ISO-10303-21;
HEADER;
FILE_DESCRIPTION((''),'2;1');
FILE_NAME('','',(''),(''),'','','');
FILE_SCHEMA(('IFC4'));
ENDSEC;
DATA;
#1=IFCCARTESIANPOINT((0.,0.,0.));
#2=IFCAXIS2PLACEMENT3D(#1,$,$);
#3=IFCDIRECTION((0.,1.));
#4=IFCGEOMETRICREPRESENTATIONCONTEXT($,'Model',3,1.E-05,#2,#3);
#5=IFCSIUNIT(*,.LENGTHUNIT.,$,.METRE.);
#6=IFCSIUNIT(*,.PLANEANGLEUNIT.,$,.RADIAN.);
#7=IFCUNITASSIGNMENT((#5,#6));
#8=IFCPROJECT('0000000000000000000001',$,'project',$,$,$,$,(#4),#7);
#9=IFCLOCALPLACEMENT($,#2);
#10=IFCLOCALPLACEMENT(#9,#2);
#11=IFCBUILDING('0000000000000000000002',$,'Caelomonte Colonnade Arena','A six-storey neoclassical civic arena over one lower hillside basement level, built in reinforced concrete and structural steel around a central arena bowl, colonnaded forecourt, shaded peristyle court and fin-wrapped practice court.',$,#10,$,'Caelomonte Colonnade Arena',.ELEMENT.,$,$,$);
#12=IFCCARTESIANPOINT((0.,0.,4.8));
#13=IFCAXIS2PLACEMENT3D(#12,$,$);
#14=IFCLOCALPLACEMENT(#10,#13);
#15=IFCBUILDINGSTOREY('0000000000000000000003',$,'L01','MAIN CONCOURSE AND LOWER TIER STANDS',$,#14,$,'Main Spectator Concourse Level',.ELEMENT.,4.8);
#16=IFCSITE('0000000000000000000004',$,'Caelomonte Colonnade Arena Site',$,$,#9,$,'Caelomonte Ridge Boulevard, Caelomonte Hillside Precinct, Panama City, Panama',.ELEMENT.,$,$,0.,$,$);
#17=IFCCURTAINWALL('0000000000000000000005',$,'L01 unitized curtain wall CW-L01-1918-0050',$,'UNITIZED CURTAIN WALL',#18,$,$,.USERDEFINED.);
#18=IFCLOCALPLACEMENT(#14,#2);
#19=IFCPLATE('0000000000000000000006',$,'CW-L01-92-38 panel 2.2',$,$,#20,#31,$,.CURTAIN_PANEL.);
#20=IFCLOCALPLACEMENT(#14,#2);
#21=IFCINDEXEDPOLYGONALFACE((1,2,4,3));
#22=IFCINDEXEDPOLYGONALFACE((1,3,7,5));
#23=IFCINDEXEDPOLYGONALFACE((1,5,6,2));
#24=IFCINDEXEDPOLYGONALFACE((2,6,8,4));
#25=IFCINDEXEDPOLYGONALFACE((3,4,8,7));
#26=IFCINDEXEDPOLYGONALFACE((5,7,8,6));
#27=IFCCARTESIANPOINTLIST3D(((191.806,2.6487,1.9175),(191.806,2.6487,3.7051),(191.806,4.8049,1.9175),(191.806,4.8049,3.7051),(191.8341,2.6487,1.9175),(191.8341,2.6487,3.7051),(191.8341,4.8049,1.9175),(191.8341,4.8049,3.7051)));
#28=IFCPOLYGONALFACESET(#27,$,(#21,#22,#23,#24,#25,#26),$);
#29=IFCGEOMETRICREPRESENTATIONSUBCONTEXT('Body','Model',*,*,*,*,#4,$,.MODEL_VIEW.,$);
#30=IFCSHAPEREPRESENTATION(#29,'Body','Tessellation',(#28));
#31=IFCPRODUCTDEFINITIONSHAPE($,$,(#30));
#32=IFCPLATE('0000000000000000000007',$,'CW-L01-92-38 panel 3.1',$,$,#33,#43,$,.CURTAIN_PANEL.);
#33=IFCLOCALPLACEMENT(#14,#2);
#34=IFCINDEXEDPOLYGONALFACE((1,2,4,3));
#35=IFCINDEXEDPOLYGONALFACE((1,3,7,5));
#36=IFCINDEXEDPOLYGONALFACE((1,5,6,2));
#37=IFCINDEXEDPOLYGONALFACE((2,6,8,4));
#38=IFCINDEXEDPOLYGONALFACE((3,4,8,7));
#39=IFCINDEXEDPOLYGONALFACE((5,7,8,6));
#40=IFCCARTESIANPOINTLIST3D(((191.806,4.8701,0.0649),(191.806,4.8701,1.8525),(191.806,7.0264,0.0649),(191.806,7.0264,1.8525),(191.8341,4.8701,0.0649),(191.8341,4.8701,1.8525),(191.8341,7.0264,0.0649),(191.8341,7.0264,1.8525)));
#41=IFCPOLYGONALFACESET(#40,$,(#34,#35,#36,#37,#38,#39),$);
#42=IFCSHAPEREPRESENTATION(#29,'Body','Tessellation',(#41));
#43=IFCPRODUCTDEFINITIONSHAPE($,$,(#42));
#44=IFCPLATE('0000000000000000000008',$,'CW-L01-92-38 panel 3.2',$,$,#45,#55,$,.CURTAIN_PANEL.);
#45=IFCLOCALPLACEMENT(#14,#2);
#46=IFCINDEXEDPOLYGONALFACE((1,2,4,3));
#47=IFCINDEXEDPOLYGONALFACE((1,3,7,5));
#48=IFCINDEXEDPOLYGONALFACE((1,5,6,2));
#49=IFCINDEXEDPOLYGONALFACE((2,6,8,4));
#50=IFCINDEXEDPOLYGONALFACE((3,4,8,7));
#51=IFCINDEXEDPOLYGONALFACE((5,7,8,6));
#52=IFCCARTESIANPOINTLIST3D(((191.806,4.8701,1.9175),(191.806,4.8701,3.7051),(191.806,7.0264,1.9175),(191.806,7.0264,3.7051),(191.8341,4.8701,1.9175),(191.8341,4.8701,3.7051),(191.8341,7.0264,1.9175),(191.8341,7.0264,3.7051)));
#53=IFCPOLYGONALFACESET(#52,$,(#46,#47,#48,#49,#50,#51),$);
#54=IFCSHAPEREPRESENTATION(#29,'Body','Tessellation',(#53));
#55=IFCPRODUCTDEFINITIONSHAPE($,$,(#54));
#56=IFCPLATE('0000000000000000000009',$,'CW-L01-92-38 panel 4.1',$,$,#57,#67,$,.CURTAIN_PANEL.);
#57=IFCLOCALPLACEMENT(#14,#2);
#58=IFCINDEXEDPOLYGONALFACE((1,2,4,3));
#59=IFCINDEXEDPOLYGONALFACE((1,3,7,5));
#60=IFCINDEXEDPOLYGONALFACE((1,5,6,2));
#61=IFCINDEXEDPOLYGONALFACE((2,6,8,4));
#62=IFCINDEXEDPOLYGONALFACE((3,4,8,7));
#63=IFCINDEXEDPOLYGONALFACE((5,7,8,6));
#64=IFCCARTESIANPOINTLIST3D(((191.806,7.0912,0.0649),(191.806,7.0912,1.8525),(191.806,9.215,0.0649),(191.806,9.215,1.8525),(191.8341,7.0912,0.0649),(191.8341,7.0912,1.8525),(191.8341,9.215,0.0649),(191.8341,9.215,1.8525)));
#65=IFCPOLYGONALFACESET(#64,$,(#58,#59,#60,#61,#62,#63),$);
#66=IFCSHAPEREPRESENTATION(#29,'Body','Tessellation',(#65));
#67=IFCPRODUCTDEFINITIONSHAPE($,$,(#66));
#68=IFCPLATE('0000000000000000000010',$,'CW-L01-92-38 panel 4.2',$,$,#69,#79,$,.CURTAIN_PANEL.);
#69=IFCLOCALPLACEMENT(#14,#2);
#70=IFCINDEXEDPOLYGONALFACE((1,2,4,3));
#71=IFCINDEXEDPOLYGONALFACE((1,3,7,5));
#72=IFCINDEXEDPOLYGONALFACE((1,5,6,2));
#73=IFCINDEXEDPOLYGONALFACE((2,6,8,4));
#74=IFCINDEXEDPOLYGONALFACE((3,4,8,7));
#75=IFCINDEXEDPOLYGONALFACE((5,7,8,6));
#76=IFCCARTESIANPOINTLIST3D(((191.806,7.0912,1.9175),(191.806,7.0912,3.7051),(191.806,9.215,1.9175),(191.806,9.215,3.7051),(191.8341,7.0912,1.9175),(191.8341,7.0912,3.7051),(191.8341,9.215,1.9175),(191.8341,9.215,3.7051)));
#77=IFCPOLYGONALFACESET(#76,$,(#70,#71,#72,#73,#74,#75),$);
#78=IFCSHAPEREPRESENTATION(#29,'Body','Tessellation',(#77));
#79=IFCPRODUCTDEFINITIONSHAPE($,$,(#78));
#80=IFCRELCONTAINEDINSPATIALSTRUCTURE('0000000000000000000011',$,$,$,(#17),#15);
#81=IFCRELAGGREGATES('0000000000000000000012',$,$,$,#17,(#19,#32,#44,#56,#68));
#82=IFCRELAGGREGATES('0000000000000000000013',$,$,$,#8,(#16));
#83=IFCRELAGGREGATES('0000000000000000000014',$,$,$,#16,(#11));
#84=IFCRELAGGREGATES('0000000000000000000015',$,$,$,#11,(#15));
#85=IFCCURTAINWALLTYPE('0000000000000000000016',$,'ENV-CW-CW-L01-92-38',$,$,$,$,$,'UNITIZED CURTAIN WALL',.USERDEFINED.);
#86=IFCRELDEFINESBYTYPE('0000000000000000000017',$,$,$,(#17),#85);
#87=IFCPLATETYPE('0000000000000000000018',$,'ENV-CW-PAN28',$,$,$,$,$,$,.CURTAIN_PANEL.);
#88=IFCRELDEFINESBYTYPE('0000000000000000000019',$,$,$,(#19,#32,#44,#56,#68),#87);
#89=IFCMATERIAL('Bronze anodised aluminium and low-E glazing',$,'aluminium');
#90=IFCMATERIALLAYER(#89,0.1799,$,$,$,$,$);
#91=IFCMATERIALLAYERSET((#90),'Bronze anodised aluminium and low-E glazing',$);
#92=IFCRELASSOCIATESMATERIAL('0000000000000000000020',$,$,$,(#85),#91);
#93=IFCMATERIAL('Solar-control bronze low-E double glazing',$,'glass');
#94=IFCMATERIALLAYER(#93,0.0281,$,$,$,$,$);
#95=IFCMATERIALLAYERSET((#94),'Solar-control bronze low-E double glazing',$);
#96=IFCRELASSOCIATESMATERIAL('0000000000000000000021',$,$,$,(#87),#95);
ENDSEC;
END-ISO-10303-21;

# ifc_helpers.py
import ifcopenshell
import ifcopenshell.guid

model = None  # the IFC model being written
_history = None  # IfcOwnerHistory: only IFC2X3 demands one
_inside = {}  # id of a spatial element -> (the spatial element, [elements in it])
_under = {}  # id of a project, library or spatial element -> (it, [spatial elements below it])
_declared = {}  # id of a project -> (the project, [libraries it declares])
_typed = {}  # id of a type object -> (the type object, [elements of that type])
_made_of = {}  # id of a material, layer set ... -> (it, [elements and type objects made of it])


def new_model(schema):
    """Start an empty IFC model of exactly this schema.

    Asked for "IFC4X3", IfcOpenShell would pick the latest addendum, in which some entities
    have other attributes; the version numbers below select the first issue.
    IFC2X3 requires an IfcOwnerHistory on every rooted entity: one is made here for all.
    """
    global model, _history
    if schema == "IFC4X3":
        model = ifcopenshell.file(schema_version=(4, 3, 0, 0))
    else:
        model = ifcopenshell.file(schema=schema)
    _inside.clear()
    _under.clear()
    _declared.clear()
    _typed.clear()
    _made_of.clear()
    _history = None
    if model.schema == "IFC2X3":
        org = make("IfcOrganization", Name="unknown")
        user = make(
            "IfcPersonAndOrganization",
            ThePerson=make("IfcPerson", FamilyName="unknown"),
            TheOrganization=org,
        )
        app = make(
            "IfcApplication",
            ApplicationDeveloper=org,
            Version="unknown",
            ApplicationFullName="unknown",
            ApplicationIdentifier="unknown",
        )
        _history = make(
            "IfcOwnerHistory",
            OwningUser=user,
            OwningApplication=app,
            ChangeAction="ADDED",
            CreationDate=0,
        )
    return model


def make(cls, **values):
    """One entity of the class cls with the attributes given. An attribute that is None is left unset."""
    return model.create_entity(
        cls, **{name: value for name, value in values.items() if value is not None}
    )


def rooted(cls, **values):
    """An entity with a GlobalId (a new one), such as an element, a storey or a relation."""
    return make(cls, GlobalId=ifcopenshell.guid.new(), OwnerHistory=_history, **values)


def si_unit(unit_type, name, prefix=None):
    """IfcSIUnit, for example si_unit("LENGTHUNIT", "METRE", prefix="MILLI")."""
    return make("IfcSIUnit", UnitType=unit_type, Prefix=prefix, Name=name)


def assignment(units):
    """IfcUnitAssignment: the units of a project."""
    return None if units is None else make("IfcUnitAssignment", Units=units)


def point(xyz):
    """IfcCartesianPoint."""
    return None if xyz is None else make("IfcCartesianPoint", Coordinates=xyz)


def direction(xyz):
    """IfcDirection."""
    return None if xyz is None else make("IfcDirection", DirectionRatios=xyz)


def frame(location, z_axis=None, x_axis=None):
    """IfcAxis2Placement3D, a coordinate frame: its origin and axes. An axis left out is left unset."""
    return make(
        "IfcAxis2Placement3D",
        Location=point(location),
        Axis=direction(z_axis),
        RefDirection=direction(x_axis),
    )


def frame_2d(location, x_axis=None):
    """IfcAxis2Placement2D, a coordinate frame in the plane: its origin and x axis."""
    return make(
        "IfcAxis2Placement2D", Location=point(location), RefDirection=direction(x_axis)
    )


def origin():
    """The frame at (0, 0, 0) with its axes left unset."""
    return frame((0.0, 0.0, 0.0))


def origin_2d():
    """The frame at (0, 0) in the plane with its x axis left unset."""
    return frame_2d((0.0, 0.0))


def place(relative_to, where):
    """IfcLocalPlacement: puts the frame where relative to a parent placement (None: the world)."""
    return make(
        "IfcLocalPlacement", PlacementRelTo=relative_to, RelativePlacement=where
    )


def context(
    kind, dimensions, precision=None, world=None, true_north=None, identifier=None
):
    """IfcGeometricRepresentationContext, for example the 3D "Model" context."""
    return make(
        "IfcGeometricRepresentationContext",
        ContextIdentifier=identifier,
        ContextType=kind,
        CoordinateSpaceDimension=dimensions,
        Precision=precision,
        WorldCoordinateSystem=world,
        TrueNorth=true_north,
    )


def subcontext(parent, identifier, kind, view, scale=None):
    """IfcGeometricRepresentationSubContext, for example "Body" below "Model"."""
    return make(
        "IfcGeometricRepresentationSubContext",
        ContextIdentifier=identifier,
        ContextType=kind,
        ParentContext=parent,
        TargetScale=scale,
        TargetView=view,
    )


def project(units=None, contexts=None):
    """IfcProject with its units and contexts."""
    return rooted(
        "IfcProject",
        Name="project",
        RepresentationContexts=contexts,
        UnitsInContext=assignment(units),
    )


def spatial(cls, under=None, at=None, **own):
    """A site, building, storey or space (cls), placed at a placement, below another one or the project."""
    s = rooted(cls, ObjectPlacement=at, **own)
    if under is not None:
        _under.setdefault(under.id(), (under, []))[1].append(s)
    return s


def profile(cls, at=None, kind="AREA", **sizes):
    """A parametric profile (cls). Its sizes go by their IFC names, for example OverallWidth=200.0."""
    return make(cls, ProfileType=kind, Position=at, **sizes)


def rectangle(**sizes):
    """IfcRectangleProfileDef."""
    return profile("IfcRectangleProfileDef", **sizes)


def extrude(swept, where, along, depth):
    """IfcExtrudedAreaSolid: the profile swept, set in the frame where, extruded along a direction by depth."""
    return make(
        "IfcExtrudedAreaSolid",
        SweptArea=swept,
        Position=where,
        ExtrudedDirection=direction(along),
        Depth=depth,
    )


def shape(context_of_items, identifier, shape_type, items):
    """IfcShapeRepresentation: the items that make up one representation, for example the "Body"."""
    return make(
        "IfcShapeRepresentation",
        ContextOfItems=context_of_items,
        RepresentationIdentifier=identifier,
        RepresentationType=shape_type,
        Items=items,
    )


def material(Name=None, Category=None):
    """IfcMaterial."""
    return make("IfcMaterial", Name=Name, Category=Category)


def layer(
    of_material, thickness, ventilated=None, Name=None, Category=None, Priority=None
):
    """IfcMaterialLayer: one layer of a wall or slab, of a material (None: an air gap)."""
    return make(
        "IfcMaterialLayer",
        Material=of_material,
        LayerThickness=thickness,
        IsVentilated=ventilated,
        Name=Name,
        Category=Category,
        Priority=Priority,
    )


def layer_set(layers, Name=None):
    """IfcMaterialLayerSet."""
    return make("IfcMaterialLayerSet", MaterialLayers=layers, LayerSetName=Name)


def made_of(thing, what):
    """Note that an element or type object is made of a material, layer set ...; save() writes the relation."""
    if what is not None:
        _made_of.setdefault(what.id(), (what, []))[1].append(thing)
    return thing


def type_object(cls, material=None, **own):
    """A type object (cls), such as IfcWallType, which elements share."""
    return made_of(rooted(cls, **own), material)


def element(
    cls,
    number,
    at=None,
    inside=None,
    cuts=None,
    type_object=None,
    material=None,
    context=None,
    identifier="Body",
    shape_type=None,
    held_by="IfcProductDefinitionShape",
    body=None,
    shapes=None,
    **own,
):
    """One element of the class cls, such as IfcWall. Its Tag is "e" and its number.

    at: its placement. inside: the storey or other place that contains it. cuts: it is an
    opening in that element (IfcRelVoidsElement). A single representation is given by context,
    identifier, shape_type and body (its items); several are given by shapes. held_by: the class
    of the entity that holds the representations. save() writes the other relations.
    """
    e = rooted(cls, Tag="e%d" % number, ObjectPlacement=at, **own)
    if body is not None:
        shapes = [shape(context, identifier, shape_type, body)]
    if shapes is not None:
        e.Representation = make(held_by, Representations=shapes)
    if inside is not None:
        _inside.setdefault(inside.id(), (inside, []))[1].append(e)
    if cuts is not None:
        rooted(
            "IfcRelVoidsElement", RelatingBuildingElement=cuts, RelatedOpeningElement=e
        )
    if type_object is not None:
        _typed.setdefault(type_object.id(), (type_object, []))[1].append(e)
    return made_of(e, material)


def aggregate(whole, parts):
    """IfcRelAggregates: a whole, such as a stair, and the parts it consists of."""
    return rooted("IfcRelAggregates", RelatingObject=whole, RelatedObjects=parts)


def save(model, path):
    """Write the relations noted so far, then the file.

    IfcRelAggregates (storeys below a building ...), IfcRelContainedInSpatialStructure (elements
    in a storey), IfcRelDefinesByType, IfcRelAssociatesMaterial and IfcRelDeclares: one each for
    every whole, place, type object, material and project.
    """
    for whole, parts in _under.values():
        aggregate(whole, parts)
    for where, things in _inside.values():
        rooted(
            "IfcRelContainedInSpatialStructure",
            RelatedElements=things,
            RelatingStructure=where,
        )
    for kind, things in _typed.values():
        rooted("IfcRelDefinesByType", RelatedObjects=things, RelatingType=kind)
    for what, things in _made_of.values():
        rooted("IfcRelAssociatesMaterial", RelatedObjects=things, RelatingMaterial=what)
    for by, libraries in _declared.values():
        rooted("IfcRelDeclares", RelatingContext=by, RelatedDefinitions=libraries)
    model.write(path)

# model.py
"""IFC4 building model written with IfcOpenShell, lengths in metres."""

from ifc_helpers import new_model, si_unit, direction, frame, origin, origin_2d, place, context, subcontext, project, spatial, rectangle, extrude, material, layer, layer_set, type_object, element, aggregate, save


model = new_model("IFC4")

# Units and contexts
model_context = context("Model", 3, precision=1e-05, world=origin(), true_north=direction((0.0, 1.0)))
body_context = subcontext(model_context, "Body", "Model", "MODEL_VIEW")
ifc_project = project(units=[si_unit("LENGTHUNIT", "METRE"), si_unit("PLANEANGLEUNIT", "RADIAN")], contexts=[model_context])

# Site, building, storey
site_placement = place(None, origin())
site = spatial("IfcSite", under=ifc_project, at=site_placement, Name="Caelomonte Colonnade Arena Site", LongName="Caelomonte Ridge Boulevard, Caelomonte Hillside Precinct, Panama City, Panama", CompositionType="ELEMENT", RefElevation=0.0)
building_placement = place(site_placement, origin())
building = spatial("IfcBuilding", under=site, at=building_placement, Name="Caelomonte Colonnade Arena", Description="A six-storey neoclassical civic arena over one lower hillside basement level, built in reinforced concrete and structural steel around a central arena bowl, colonnaded forecourt, shaded peristyle court and fin-wrapped practice court.", LongName="Caelomonte Colonnade Arena", CompositionType="ELEMENT")
storey_placement = place(building_placement, frame((0.0, 0.0, 4.8)))
storey = spatial("IfcBuildingStorey", under=building, at=storey_placement, Name="L01", Description="MAIN CONCOURSE AND LOWER TIER STANDS", LongName="Main Spectator Concourse Level", CompositionType="ELEMENT", Elevation=4.8)

# Curtain wall
ifc_material_1 = material(Name="Bronze anodised aluminium and low-E glazing", Category="aluminium")
ifc_layer_1 = layer(ifc_material_1, 0.1799)
ifc_layer_set_1 = layer_set([ifc_layer_1], Name="Bronze anodised aluminium and low-E glazing")
curtain_wall_type_1 = type_object("IfcCurtainWallType", Name="ENV-CW-CW-L01-92-38", ElementType="UNITIZED CURTAIN WALL", PredefinedType="USERDEFINED", material=ifc_layer_set_1)
curtain_wall_1_placement = place(storey_placement, origin())
curtain_wall_1 = element("IfcCurtainWall", 1, at=curtain_wall_1_placement, inside=storey, type_object=curtain_wall_type_1, Name="L01 unitized curtain wall CW-L01-1918-0050", ObjectType="UNITIZED CURTAIN WALL", PredefinedType="USERDEFINED")

# Plates
ifc_material_2 = material(Name="Solar-control bronze low-E double glazing", Category="glass")
ifc_layer_2 = layer(ifc_material_2, 0.0281)
ifc_layer_set_2 = layer_set([ifc_layer_2], Name="Solar-control bronze low-E double glazing")
plate_type = type_object("IfcPlateType", Name="ENV-CW-PAN28", PredefinedType="CURTAIN_PANEL", material=ifc_layer_set_2)
plate_1_placement = place(storey_placement, frame((191.8201, 3.7268, 1.9175), z_axis=(0.0, 0.0, 1.0), x_axis=(0.0, 1.0, 0.0)))
plate_1 = element("IfcPlate", 2, at=plate_1_placement, type_object=plate_type, Name="CW-L01-92-38 panel 2.2", PredefinedType="CURTAIN_PANEL", context=body_context, shape_type="SweptSolid", body=[
    extrude(rectangle(XDim=2.1562, YDim=0.0281, at=origin_2d()), origin(), (0.0, 0.0, 1.0), 1.7876),
])
plate_2_placement = place(storey_placement, frame((191.8201, 5.9482, 0.0649), z_axis=(0.0, 0.0, 1.0), x_axis=(0.0, 1.0, 0.0)))
plate_2 = element("IfcPlate", 3, at=plate_2_placement, type_object=plate_type, Name="CW-L01-92-38 panel 3.1", PredefinedType="CURTAIN_PANEL", context=body_context, shape_type="SweptSolid", body=[
    extrude(rectangle(XDim=2.1562, YDim=0.0281, at=origin_2d()), origin(), (0.0, 0.0, 1.0), 1.7876),
])
plate_3_placement = place(storey_placement, frame((191.8201, 5.9482, 1.9175), z_axis=(0.0, 0.0, 1.0), x_axis=(0.0, 1.0, 0.0)))
plate_3 = element("IfcPlate", 4, at=plate_3_placement, type_object=plate_type, Name="CW-L01-92-38 panel 3.2", PredefinedType="CURTAIN_PANEL", context=body_context, shape_type="SweptSolid", body=[
    extrude(rectangle(XDim=2.1562, YDim=0.0281, at=origin_2d()), origin(), (0.0, 0.0, 1.0), 1.7876),
])
plate_4_placement = place(storey_placement, frame((191.8201, 8.1531, 0.0649), z_axis=(0.0, 0.0, 1.0), x_axis=(0.0, 1.0, 0.0)))
plate_4 = element("IfcPlate", 5, at=plate_4_placement, type_object=plate_type, Name="CW-L01-92-38 panel 4.1", PredefinedType="CURTAIN_PANEL", context=body_context, shape_type="SweptSolid", body=[
    extrude(rectangle(XDim=2.1238, YDim=0.0281, at=origin_2d()), origin(), (0.0, 0.0, 1.0), 1.7876),
])
plate_5_placement = place(storey_placement, frame((191.8201, 8.1531, 1.9175), z_axis=(0.0, 0.0, 1.0), x_axis=(0.0, 1.0, 0.0)))
plate_5 = element("IfcPlate", 6, at=plate_5_placement, type_object=plate_type, Name="CW-L01-92-38 panel 4.2", PredefinedType="CURTAIN_PANEL", context=body_context, shape_type="SweptSolid", body=[
    extrude(rectangle(XDim=2.1238, YDim=0.0281, at=origin_2d()), origin(), (0.0, 0.0, 1.0), 1.7876),
])
aggregate(curtain_wall_1, [plate_1, plate_2, plate_3, plate_4, plate_5])

save(model, "model.ifc")
